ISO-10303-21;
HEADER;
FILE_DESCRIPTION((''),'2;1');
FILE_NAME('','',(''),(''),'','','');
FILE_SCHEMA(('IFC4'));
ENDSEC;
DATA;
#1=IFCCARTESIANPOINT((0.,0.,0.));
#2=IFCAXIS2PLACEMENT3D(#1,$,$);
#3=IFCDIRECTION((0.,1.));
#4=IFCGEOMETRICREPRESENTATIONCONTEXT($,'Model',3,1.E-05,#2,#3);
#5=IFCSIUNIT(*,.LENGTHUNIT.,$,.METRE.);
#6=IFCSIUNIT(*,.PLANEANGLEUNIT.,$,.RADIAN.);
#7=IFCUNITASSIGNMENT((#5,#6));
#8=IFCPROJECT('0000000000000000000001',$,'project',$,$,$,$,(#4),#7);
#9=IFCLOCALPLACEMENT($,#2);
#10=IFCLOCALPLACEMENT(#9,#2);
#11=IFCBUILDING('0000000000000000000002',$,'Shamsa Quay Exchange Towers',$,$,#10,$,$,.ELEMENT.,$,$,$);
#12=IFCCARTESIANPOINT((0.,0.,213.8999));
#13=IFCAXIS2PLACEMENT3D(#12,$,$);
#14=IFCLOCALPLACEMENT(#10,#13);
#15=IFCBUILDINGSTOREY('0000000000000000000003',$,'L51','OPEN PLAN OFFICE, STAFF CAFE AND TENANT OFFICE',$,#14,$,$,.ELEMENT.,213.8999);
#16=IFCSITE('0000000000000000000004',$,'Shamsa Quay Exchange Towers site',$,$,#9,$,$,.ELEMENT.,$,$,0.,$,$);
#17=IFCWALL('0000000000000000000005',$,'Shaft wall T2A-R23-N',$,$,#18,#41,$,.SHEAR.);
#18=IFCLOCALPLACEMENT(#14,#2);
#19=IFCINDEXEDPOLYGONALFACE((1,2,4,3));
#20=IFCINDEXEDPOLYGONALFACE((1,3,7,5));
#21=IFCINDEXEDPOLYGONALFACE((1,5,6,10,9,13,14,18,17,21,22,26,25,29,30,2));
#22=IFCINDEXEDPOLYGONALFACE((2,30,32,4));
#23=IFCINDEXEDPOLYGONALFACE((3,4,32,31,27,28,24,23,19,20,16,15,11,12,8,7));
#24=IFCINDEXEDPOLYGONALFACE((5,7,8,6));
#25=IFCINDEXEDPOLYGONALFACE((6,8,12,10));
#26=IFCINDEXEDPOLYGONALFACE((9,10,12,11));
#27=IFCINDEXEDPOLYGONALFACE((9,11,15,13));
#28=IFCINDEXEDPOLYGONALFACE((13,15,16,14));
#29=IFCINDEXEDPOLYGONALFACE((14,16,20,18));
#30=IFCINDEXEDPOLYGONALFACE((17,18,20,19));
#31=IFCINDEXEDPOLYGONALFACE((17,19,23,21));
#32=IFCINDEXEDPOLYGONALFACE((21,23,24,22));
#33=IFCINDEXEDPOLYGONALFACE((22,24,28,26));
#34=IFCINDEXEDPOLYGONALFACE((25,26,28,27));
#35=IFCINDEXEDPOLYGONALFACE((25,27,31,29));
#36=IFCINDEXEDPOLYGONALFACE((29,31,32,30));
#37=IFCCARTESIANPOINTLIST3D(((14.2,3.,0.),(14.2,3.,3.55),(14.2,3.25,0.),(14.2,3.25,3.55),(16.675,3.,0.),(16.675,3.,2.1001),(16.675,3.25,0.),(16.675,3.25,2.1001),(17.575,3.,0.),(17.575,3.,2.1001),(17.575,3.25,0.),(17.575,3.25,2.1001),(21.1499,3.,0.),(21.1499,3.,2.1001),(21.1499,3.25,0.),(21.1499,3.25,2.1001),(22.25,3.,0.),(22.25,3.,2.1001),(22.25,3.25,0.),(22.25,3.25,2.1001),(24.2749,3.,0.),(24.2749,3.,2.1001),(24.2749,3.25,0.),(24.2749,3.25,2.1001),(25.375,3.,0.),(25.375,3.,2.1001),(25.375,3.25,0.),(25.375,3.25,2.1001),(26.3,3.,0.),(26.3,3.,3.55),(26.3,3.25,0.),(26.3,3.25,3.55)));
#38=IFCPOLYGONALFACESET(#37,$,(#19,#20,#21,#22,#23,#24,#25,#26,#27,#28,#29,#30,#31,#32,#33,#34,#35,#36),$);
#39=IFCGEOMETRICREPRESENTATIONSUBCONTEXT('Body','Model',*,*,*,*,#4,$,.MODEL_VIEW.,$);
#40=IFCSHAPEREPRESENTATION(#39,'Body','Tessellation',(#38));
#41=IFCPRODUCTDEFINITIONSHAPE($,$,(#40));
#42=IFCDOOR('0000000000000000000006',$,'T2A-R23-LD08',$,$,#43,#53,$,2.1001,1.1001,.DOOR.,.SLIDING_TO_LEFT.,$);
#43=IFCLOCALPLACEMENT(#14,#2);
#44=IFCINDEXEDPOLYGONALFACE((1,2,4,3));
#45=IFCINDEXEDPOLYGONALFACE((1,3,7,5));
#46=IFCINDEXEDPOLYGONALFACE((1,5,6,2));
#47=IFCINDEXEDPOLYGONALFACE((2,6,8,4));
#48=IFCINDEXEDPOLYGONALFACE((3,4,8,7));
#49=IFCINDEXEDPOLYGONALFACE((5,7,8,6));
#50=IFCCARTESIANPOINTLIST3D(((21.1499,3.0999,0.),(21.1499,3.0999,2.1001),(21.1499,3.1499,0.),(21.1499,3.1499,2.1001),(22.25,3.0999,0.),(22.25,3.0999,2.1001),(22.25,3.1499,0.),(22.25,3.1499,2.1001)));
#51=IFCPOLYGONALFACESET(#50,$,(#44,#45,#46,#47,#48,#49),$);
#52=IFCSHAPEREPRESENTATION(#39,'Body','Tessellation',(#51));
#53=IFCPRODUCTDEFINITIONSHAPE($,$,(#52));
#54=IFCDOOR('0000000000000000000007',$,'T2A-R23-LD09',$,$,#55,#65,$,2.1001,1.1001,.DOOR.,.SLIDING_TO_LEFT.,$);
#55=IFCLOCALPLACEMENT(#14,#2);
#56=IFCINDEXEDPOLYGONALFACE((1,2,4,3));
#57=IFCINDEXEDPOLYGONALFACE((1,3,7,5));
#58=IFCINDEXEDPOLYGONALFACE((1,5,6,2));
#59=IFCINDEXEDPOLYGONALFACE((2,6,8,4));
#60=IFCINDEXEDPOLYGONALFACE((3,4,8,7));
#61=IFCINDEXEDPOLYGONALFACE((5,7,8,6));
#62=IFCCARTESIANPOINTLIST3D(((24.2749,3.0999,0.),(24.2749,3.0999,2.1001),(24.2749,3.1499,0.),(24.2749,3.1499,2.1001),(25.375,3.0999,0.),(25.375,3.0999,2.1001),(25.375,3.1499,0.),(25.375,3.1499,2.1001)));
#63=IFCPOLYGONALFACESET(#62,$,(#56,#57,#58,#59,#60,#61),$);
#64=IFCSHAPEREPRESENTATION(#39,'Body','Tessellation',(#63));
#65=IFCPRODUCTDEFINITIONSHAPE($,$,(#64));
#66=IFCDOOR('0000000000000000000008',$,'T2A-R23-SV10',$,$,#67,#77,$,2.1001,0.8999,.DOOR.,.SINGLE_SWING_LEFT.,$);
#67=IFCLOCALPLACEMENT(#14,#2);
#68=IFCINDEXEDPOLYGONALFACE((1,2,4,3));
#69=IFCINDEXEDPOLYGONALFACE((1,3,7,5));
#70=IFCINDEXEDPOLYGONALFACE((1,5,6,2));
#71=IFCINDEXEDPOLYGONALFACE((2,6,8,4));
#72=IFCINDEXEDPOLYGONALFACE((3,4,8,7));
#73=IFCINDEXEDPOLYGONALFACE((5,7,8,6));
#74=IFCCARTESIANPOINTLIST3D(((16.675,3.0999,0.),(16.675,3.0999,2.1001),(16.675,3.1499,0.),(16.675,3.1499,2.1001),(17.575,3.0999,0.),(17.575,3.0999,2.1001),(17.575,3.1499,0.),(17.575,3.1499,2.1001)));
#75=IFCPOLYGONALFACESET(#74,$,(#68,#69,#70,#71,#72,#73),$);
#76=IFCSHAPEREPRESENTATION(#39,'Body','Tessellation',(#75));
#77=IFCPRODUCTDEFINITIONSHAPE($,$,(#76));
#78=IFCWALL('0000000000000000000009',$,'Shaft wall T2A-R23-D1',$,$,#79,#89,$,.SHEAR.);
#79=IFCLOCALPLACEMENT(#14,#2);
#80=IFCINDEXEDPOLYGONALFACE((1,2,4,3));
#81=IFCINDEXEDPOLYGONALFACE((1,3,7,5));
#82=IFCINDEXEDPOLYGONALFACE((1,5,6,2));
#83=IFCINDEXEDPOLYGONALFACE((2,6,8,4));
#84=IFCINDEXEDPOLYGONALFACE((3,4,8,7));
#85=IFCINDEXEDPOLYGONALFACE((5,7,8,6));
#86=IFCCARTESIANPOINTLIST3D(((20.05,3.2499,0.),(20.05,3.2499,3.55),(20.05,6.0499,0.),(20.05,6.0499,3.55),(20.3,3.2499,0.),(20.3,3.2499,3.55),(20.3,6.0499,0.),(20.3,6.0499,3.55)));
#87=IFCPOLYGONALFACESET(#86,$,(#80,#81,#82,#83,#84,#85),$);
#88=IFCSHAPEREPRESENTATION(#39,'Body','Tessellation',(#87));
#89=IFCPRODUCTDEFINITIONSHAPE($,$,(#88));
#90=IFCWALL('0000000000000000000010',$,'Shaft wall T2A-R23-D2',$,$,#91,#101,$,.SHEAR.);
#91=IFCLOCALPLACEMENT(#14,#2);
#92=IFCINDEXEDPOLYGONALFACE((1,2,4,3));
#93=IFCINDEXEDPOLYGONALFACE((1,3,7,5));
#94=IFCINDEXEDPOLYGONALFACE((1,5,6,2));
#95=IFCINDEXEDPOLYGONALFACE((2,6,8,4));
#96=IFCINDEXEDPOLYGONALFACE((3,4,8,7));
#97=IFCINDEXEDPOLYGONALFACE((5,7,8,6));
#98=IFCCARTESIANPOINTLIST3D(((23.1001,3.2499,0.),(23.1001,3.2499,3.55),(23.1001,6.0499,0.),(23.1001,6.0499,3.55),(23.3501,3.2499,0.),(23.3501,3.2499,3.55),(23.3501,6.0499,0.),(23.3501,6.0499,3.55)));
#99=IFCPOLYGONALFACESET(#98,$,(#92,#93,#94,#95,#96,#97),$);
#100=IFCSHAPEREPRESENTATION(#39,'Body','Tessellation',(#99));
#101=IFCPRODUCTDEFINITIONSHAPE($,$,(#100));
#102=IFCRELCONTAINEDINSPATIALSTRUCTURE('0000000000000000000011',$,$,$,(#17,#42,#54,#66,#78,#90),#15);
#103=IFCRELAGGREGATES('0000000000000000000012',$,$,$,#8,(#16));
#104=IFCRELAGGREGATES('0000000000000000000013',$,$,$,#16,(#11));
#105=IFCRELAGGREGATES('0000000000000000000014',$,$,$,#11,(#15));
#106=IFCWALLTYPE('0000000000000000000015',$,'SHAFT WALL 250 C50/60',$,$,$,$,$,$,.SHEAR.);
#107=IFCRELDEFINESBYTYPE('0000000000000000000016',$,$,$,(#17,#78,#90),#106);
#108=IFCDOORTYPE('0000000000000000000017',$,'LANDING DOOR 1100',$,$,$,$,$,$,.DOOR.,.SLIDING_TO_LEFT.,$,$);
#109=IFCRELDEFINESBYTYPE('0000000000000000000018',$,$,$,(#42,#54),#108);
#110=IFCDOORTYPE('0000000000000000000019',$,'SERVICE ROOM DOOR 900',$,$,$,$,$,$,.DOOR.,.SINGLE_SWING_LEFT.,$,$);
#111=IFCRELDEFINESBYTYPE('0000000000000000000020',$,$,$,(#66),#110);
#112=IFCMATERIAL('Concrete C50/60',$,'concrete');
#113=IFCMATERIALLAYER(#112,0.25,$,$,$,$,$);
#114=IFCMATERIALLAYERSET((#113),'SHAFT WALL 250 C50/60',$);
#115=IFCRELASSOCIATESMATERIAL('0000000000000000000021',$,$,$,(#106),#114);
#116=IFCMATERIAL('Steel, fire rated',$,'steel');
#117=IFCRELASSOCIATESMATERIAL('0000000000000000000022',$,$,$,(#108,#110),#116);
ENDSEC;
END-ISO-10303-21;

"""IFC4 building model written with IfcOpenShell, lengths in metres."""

from ifc_helpers import new_model, si_unit, direction, frame, frame_2d, origin, place, context, subcontext, project, spatial, rectangle, extrude, material, layer, layer_set, type_object, element, fill, save


model = new_model("IFC4")

# Units and contexts
model_context = context("Model", 3, precision=1e-05, world=origin(), true_north=direction((0.0, 1.0)))
body_context = subcontext(model_context, "Body", "Model", "MODEL_VIEW")
ifc_project = project(units=[si_unit("LENGTHUNIT", "METRE"), si_unit("PLANEANGLEUNIT", "RADIAN")], contexts=[model_context])

# Site, building, storey
site_placement = place(None, origin())
site = spatial("IfcSite", under=ifc_project, at=site_placement, Name="Shamsa Quay Exchange Towers site", CompositionType="ELEMENT", RefElevation=0.0)
building_placement = place(site_placement, origin())
building = spatial("IfcBuilding", under=site, at=building_placement, Name="Shamsa Quay Exchange Towers", CompositionType="ELEMENT")
storey_placement = place(building_placement, frame((0.0, 0.0, 213.8999)))
storey = spatial("IfcBuildingStorey", under=building, at=storey_placement, Name="L51", Description="OPEN PLAN OFFICE, STAFF CAFE AND TENANT OFFICE", CompositionType="ELEMENT", Elevation=213.8999)

# Shared definitions
ifc_material_1 = material(Name="Steel, fire rated", Category="steel")

# Wall, openings, doors
ifc_material_2 = material(Name="Concrete C50/60", Category="concrete")
ifc_layer_1 = layer(ifc_material_2, 0.25)
ifc_layer_set_1 = layer_set([ifc_layer_1], Name="SHAFT WALL 250 C50/60")
wall_type_1 = type_object("IfcWallType", Name="SHAFT WALL 250 C50/60", PredefinedType="SHEAR", material=ifc_layer_set_1)
wall_1_placement = place(storey_placement, frame((14.2, 3.125, 0.0)))
wall_1 = element("IfcWall", 1, at=wall_1_placement, inside=storey, type_object=wall_type_1, Name="Shaft wall T2A-R23-N", PredefinedType="SHEAR", context=body_context, shape_type="SweptSolid", body=[
    extrude(rectangle(XDim=12.1001, YDim=0.25, at=frame_2d((6.05, 0.0))), origin(), (0.0, 0.0, 1.0), 3.55),
])
opening_1_placement = place(wall_1_placement, frame((6.95, 0.0, 0.0)))
opening_1 = element("IfcOpeningElement", 2, at=opening_1_placement, cuts=wall_1, PredefinedType="OPENING", context=body_context, shape_type="SweptSolid", body=[
    extrude(rectangle(XDim=1.1001, YDim=2.1001, at=frame_2d((0.55, 1.05))), frame((0.0, 0.135, 0.0), z_axis=(0.0, -1.0, 0.0), x_axis=(1.0, 0.0, 0.0)), (0.0, 0.0, 1.0), 0.27),
])
opening_2_placement = place(wall_1_placement, frame((10.075, 0.0, 0.0)))
opening_2 = element("IfcOpeningElement", 3, at=opening_2_placement, cuts=wall_1, PredefinedType="OPENING", context=body_context, shape_type="SweptSolid", body=[
    extrude(rectangle(XDim=1.1001, YDim=2.1001, at=frame_2d((0.55, 1.05))), frame((0.0, 0.135, 0.0), z_axis=(0.0, -1.0, 0.0), x_axis=(1.0, 0.0, 0.0)), (0.0, 0.0, 1.0), 0.27),
])
opening_3_placement = place(wall_1_placement, frame((2.4751, 0.0, 0.0)))
opening_3 = element("IfcOpeningElement", 4, at=opening_3_placement, cuts=wall_1, PredefinedType="OPENING", context=body_context, shape_type="SweptSolid", body=[
    extrude(rectangle(XDim=0.8999, YDim=2.1001, at=frame_2d((0.45, 1.05))), frame((0.0, 0.135, 0.0), z_axis=(0.0, -1.0, 0.0), x_axis=(1.0, 0.0, 0.0)), (0.0, 0.0, 1.0), 0.27),
])
door_type_1 = type_object("IfcDoorType", Name="LANDING DOOR 1100", OperationType="SLIDING_TO_LEFT", PredefinedType="DOOR", material=ifc_material_1)
door_1_placement = place(opening_1_placement, origin())
door_1 = element("IfcDoor", 5, at=door_1_placement, inside=storey, type_object=door_type_1, Name="T2A-R23-LD08", OperationType="SLIDING_TO_LEFT", OverallHeight=2.1001, OverallWidth=1.1001, PredefinedType="DOOR", context=body_context, shape_type="SweptSolid", body=[
    extrude(rectangle(XDim=1.1001, YDim=2.1001, at=frame_2d((0.55, 1.05))), frame((0.0, 0.0249, 0.0), z_axis=(0.0, -1.0, 0.0), x_axis=(1.0, 0.0, 0.0)), (0.0, 0.0, 1.0), 0.05),
])
fill(opening_1, door_1)
door_2_placement = place(opening_2_placement, origin())
door_2 = element("IfcDoor", 6, at=door_2_placement, inside=storey, type_object=door_type_1, Name="T2A-R23-LD09", OperationType="SLIDING_TO_LEFT", OverallHeight=2.1001, OverallWidth=1.1001, PredefinedType="DOOR", context=body_context, shape_type="SweptSolid", body=[
    extrude(rectangle(XDim=1.1001, YDim=2.1001, at=frame_2d((0.55, 1.05))), frame((0.0, 0.0249, 0.0), z_axis=(0.0, -1.0, 0.0), x_axis=(1.0, 0.0, 0.0)), (0.0, 0.0, 1.0), 0.05),
])
fill(opening_2, door_2)
door_type_2 = type_object("IfcDoorType", Name="SERVICE ROOM DOOR 900", OperationType="SINGLE_SWING_LEFT", PredefinedType="DOOR", material=ifc_material_1)
door_3_placement = place(opening_3_placement, origin())
door_3 = element("IfcDoor", 7, at=door_3_placement, inside=storey, type_object=door_type_2, Name="T2A-R23-SV10", OperationType="SINGLE_SWING_LEFT", OverallHeight=2.1001, OverallWidth=0.8999, PredefinedType="DOOR", context=body_context, shape_type="SweptSolid", body=[
    extrude(rectangle(XDim=0.8999, YDim=2.1001, at=frame_2d((0.45, 1.05))), frame((0.0, 0.0249, 0.0), z_axis=(0.0, -1.0, 0.0), x_axis=(1.0, 0.0, 0.0)), (0.0, 0.0, 1.0), 0.05),
])
fill(opening_3, door_3)

# Walls
for number, where, z_axis, x_axis, name in (
    (8, (20.175, 3.25, 0.0), (0.0, 0.0, 1.0), (0.0, 1.0, 0.0), "Shaft wall T2A-R23-D1"),
    (9, (23.2251, 3.25, 0.0), (0.0, 0.0, 1.0), (0.0, 1.0, 0.0), "Shaft wall T2A-R23-D2"),
):
    element("IfcWall", number, at=place(storey_placement, frame(where, z_axis=z_axis, x_axis=x_axis)), inside=storey, type_object=wall_type_1, Name=name, PredefinedType="SHEAR", context=body_context, shape_type="SweptSolid", body=[
        extrude(rectangle(XDim=2.8, YDim=0.25, at=frame_2d((1.3999, 0.0))), origin(), (0.0, 0.0, 1.0), 3.55),
    ])

save(model, "model.ifc")
